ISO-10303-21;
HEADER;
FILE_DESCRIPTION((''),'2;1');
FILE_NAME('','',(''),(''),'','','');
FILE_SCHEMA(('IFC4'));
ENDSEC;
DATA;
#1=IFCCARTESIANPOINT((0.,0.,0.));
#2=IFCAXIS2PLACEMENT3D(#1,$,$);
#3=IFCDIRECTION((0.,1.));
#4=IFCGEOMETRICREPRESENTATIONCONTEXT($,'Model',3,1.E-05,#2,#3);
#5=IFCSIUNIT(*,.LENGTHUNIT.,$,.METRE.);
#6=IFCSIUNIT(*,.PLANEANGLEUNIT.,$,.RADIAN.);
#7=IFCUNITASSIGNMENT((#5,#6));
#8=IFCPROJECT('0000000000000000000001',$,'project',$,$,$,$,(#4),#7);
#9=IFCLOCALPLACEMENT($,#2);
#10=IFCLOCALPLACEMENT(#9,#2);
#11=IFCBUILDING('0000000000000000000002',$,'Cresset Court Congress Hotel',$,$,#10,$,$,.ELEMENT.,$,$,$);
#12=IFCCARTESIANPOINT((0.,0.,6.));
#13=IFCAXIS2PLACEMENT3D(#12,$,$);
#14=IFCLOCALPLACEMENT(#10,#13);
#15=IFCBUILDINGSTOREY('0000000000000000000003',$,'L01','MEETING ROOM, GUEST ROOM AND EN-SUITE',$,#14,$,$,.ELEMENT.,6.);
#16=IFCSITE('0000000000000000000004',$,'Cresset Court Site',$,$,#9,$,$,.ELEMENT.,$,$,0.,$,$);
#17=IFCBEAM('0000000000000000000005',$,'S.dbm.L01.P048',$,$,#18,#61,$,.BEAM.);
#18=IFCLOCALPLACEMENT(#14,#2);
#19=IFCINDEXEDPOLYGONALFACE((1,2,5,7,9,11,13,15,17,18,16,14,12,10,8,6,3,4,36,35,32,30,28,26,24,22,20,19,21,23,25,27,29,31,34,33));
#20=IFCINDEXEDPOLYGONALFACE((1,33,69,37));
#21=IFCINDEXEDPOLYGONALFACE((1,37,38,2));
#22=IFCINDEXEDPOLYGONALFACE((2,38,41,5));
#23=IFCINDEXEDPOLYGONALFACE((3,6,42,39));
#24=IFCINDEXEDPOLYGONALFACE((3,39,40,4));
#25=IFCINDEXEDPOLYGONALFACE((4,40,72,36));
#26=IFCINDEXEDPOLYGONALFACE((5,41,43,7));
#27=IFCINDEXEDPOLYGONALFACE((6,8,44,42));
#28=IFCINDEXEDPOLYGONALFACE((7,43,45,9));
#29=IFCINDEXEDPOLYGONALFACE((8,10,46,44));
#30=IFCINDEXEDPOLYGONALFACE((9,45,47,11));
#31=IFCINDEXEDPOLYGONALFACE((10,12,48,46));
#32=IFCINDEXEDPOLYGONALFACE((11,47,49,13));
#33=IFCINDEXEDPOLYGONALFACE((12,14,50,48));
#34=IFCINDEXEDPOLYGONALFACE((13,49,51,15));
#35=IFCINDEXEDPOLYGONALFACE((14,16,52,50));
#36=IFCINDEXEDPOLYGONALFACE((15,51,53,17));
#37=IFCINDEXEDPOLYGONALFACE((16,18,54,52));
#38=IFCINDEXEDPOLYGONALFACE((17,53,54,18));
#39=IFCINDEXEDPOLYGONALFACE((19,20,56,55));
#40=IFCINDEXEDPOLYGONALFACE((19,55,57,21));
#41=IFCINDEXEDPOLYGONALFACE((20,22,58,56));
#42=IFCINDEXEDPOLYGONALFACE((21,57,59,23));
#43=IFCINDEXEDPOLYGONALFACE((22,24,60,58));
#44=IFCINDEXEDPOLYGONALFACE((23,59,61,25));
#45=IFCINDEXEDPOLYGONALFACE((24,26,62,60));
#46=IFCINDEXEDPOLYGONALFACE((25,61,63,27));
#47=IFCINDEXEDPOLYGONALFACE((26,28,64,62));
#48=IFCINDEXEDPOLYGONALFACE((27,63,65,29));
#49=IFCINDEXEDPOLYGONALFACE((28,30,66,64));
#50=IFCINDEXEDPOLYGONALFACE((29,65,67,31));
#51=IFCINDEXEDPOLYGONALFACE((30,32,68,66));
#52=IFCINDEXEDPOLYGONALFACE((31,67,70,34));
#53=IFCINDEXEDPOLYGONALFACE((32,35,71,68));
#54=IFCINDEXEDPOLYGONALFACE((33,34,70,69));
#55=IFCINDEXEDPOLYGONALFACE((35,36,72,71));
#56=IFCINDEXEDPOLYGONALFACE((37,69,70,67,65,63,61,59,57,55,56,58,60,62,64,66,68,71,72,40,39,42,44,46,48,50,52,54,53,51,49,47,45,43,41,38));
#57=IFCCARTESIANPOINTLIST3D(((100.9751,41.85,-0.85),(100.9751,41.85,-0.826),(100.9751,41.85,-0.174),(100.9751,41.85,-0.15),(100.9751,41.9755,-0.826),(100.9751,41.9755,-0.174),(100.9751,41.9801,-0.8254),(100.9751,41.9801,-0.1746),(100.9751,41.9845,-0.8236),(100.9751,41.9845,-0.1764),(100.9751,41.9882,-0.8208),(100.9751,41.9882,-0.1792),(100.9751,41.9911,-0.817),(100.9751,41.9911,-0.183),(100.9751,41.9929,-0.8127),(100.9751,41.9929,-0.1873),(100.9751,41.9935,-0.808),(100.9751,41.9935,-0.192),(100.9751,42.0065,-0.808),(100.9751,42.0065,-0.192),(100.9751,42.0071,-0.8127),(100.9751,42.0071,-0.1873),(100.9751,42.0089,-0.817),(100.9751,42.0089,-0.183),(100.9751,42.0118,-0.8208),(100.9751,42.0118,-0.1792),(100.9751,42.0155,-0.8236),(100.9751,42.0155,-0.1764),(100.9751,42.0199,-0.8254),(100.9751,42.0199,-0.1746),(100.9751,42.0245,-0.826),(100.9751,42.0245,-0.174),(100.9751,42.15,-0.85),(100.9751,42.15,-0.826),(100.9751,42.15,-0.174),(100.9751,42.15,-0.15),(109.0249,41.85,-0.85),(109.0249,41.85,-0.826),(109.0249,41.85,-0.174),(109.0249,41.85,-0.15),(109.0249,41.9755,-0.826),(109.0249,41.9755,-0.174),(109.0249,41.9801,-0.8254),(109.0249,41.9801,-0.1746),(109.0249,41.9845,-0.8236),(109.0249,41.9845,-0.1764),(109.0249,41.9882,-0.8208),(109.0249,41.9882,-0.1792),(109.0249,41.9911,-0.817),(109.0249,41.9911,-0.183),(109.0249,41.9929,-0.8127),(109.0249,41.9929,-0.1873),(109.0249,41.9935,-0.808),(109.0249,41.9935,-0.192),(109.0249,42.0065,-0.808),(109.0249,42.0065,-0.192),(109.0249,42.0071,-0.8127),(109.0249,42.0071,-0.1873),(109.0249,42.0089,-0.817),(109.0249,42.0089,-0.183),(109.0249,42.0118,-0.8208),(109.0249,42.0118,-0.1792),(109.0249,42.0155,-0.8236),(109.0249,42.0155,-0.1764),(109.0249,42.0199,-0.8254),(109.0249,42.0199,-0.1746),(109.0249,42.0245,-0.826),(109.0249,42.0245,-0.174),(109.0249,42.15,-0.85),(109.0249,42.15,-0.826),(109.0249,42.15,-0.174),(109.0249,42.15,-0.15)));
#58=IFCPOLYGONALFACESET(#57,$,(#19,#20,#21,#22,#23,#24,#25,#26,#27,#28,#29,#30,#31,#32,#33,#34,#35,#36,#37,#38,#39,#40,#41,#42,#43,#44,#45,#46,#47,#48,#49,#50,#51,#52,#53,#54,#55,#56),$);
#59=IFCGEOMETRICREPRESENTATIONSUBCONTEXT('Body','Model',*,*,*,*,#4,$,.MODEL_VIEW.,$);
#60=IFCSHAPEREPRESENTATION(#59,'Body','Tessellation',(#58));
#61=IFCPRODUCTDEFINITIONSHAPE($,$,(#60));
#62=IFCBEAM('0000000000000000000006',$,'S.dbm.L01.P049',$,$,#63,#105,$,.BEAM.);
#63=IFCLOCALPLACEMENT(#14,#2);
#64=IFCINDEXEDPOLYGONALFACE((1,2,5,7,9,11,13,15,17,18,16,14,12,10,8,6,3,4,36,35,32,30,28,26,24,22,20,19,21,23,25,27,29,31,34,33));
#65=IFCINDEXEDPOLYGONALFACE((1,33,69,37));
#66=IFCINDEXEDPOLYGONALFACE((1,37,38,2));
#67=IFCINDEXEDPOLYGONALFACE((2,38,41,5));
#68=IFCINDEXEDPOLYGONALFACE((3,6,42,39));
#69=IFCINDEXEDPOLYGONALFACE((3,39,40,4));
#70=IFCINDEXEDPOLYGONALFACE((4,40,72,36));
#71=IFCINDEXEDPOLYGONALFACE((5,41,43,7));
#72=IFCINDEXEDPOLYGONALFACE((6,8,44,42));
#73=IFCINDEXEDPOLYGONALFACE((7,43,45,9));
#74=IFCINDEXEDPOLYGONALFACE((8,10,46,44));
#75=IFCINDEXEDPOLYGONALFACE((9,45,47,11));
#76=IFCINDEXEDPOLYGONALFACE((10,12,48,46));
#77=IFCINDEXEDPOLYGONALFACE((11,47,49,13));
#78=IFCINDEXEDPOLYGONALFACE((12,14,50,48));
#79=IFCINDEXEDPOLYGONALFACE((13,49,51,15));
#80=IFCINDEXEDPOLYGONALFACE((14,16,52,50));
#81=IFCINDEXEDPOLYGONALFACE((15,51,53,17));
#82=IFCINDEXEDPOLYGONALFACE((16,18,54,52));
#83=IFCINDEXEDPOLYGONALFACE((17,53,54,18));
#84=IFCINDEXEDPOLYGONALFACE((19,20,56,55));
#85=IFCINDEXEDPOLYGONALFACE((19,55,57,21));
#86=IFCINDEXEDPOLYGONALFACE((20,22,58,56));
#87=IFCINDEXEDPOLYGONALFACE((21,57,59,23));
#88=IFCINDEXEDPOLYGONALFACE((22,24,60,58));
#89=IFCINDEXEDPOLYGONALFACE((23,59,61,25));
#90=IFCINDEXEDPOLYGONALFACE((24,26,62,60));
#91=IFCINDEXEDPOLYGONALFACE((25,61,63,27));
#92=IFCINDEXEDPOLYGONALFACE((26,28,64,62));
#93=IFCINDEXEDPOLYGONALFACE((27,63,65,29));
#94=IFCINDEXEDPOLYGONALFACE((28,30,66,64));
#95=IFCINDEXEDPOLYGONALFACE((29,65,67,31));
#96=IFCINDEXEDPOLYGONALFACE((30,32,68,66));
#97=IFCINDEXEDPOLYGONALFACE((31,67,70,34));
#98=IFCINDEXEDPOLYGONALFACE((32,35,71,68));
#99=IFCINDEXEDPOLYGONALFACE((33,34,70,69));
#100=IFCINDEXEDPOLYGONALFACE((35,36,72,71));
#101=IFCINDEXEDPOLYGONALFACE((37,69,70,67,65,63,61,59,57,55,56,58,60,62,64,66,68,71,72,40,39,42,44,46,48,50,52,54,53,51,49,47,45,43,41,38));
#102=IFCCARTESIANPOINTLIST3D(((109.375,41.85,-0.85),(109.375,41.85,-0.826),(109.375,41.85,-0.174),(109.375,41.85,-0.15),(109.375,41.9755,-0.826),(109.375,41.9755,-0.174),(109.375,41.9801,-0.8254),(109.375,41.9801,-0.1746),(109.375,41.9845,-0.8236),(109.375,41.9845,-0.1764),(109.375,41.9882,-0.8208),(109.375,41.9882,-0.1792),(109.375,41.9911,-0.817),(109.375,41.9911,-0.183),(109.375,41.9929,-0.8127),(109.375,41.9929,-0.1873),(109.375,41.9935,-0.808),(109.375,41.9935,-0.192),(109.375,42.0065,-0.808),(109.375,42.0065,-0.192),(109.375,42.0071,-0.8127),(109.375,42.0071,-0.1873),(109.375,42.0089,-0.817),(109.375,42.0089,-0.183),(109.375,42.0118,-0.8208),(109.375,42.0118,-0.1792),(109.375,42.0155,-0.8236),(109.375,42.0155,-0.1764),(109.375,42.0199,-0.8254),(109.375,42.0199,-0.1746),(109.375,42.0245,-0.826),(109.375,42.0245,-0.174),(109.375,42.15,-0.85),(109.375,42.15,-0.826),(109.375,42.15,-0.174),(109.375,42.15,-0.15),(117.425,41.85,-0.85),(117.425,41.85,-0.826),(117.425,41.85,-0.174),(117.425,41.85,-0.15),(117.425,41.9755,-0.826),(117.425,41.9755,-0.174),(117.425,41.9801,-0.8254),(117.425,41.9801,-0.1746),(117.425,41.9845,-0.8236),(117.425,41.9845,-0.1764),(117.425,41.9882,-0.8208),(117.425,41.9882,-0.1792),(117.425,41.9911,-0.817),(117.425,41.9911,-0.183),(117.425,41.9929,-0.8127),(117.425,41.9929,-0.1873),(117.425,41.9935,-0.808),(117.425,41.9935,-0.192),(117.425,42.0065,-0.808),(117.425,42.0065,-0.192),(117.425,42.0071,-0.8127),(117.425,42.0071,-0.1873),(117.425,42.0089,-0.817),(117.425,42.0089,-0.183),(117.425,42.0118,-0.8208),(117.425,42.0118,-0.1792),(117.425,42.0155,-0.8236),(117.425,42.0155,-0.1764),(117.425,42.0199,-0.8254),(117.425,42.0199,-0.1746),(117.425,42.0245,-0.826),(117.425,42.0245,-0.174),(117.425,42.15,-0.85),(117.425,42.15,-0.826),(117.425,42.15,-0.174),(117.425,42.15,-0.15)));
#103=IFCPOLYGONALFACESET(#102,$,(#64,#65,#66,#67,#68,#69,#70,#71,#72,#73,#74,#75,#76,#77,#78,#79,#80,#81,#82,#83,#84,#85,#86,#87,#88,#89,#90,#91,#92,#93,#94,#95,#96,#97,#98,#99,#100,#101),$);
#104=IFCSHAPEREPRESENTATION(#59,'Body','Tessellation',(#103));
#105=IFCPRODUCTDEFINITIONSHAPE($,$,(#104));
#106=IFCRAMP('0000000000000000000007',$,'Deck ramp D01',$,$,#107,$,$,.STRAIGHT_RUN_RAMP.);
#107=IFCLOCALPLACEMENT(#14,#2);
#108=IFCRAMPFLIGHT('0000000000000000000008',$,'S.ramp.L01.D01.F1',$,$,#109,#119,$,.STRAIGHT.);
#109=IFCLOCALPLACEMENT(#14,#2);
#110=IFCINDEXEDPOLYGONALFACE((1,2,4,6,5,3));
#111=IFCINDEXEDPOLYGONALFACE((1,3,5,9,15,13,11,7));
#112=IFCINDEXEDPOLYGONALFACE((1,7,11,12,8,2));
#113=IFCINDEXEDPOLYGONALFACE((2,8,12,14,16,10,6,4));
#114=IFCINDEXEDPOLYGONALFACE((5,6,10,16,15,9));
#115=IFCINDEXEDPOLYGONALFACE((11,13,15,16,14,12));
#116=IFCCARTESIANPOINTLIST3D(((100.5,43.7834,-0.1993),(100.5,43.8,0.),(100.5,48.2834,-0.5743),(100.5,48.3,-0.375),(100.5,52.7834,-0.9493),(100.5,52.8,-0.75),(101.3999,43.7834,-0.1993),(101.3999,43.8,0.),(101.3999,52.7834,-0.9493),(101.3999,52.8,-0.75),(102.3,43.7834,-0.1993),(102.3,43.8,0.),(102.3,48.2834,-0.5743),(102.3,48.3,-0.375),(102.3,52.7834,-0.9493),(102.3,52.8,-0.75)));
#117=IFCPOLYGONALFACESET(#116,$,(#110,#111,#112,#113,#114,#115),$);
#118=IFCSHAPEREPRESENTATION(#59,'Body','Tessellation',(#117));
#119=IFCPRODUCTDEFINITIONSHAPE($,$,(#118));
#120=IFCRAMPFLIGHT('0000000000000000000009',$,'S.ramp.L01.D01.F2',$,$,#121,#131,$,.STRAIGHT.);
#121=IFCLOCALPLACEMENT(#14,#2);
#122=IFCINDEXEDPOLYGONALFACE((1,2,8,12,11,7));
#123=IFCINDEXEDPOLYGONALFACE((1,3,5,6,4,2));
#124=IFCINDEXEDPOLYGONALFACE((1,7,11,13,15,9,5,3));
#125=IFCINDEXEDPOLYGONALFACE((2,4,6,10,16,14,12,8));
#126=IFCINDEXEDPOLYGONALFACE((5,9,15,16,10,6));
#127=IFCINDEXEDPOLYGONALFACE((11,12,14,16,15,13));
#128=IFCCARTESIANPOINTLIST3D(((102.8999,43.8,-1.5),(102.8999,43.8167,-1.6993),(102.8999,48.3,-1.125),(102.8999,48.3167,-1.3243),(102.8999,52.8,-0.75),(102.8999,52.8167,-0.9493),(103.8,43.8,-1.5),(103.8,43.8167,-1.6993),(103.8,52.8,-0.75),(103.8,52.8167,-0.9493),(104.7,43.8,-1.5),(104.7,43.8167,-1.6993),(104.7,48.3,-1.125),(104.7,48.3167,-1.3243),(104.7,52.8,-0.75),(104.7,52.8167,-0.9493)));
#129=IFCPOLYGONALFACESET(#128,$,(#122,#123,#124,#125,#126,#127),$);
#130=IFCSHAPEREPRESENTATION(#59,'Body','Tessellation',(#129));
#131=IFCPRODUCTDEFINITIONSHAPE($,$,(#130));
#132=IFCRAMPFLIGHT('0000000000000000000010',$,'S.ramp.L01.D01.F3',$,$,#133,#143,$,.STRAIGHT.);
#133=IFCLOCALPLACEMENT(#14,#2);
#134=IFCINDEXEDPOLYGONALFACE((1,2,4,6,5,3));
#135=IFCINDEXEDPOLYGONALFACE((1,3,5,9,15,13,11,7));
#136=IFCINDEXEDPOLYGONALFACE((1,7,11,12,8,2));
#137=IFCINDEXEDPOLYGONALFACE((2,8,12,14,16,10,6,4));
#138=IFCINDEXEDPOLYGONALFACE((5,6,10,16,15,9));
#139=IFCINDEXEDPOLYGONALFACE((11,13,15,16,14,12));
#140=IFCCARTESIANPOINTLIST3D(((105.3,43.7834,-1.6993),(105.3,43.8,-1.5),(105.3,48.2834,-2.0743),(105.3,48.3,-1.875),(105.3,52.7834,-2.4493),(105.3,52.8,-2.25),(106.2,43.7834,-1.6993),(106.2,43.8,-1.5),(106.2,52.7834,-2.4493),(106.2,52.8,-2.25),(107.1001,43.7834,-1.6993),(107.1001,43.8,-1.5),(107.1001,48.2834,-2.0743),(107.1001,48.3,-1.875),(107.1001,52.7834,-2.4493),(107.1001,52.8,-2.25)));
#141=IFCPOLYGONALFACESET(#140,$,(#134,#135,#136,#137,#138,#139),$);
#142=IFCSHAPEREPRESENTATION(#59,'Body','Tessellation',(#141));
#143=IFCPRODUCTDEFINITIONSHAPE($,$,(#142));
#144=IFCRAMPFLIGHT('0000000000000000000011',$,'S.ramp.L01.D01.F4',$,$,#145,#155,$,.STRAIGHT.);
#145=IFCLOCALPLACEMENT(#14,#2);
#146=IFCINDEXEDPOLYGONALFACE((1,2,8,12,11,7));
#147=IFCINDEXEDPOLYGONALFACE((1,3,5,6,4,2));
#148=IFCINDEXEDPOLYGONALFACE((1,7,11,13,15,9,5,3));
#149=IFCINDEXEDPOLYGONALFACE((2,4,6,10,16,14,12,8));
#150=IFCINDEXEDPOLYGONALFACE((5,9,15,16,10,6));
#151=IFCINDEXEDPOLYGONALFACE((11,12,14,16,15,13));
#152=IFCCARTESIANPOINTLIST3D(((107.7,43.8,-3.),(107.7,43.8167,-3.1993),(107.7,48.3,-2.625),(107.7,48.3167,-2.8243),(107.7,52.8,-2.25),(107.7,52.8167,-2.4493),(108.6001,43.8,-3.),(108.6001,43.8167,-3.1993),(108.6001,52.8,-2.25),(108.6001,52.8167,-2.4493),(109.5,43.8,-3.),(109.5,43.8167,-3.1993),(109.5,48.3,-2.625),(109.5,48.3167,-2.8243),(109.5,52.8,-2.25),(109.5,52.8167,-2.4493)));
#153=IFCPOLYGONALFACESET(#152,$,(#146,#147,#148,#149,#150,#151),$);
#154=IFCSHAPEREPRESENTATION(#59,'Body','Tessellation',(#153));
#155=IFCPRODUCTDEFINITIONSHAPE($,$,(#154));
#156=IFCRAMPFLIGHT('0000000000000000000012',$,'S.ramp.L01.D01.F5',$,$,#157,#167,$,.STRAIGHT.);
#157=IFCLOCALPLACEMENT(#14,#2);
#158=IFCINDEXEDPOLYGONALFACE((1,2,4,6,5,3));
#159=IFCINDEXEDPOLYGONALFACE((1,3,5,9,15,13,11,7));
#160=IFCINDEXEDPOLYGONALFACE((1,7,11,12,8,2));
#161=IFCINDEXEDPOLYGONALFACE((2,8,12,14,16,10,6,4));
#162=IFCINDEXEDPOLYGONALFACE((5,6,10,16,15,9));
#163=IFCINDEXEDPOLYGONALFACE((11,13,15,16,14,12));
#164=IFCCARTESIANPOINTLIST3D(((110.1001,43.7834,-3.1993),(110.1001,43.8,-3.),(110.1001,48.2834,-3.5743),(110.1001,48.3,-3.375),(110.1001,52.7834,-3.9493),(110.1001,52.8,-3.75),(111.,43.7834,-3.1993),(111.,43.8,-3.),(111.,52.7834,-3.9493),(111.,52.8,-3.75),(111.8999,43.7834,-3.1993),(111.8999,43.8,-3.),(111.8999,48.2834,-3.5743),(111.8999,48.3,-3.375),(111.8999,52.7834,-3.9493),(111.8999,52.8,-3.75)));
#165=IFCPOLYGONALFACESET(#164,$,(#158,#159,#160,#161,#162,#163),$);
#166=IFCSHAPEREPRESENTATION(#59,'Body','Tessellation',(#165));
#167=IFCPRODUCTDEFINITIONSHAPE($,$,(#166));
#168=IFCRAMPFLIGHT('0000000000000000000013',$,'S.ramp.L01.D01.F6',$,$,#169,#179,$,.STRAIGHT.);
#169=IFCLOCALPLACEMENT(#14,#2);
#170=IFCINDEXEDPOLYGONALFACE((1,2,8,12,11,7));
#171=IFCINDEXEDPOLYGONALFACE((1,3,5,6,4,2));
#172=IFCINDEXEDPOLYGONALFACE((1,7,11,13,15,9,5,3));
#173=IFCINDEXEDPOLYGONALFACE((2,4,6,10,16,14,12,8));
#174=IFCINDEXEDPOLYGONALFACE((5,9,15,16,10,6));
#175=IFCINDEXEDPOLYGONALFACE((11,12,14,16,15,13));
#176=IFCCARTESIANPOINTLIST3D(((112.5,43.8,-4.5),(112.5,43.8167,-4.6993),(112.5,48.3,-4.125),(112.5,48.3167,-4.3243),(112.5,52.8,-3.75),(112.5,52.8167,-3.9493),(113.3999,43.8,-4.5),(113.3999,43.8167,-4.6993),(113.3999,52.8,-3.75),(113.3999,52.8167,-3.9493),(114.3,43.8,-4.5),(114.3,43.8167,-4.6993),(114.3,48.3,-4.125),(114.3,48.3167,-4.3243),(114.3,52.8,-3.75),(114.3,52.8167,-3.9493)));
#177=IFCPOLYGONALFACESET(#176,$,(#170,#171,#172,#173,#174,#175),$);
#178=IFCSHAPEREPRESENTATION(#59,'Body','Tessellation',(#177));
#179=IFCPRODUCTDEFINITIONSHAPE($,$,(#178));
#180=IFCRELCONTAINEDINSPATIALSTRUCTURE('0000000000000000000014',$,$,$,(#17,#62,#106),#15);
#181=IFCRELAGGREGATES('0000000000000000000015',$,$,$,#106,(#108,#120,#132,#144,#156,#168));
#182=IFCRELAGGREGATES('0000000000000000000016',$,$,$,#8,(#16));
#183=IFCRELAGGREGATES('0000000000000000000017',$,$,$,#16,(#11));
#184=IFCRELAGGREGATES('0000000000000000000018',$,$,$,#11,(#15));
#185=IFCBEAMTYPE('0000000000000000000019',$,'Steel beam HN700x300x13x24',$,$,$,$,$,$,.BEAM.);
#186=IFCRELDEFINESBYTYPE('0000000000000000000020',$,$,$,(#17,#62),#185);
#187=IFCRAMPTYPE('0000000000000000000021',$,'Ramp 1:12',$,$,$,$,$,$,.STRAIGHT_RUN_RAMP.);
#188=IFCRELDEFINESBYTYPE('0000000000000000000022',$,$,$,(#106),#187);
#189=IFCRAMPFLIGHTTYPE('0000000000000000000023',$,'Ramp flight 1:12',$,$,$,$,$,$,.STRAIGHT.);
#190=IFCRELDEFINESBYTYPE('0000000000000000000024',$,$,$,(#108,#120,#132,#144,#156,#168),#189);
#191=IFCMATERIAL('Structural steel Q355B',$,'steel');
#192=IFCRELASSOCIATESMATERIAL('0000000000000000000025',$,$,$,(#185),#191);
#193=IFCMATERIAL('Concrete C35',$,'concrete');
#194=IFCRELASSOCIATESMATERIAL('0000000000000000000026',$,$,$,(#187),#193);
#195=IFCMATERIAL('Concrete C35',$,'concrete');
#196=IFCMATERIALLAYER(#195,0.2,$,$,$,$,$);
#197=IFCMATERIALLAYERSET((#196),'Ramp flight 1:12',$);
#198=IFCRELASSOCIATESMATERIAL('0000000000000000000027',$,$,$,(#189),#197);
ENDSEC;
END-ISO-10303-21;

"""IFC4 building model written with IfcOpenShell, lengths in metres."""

from ifc_helpers import new_model, si_unit, direction, frame, origin, origin_2d, place, context, subcontext, project, spatial, polyline, i_section, outline, extrude, material, layer, layer_set, material_profile, profile_set, type_object, element, aggregate, save


model = new_model("IFC4")

# Units and contexts
model_context = context("Model", 3, precision=1e-05, world=origin(), true_north=direction((0.0, 1.0)))
body_context = subcontext(model_context, "Body", "Model", "MODEL_VIEW")
ifc_project = project(units=[si_unit("LENGTHUNIT", "METRE"), si_unit("PLANEANGLEUNIT", "RADIAN")], contexts=[model_context])

# Site, building, storey
site_placement = place(None, origin())
site = spatial("IfcSite", under=ifc_project, at=site_placement, Name="Cresset Court Site", CompositionType="ELEMENT", RefElevation=0.0)
building_placement = place(site_placement, origin())
building = spatial("IfcBuilding", under=site, at=building_placement, Name="Cresset Court Congress Hotel", CompositionType="ELEMENT")
storey_placement = place(building_placement, frame((0.0, 0.0, 6.0)))
storey = spatial("IfcBuildingStorey", under=building, at=storey_placement, Name="L01", Description="MEETING ROOM, GUEST ROOM AND EN-SUITE", CompositionType="ELEMENT", Elevation=6.0)

# Beams
ifc_material_1 = material(Name="Structural steel Q355B", Category="steel")
ifc_material_profile_1 = material_profile(ifc_material_1, i_section(OverallWidth=0.3, OverallDepth=0.7, WebThickness=0.0129, FlangeThickness=0.0239, FilletRadius=0.0181, at=origin_2d()), Name="HN700x300x13x24")
ifc_profile_set_1 = profile_set([ifc_material_profile_1], Name="Structural steel Q355B")
beam_type_1 = type_object("IfcBeamType", Name="Steel beam HN700x300x13x24", PredefinedType="BEAM", material=ifc_profile_set_1)
beam_1_placement = place(storey_placement, frame((100.9751, 42.0, -0.5), z_axis=(1.0, 0.0, 0.0), x_axis=(0.0, 1.0, 0.0)))
element("IfcBeam", 1, at=beam_1_placement, inside=storey, type_object=beam_type_1, Name="S.dbm.L01.P048", PredefinedType="BEAM", context=body_context, shape_type="SweptSolid", body=[
    extrude(i_section(OverallWidth=0.3, OverallDepth=0.7, WebThickness=0.0129, FlangeThickness=0.0239, FilletRadius=0.0181, at=origin_2d()), origin(), (0.0, 0.0, 1.0), 8.0498),
])
beam_2_placement = place(storey_placement, frame((109.375, 42.0, -0.5), z_axis=(1.0, 0.0, 0.0), x_axis=(0.0, 1.0, 0.0)))
element("IfcBeam", 2, at=beam_2_placement, inside=storey, type_object=beam_type_1, Name="S.dbm.L01.P049", PredefinedType="BEAM", context=body_context, shape_type="SweptSolid", body=[
    extrude(i_section(OverallWidth=0.3, OverallDepth=0.7, WebThickness=0.0129, FlangeThickness=0.0239, FilletRadius=0.0181, at=origin_2d()), origin(), (0.0, 0.0, 1.0), 8.05),
])

# Ramp, ramp flights
ifc_material_2 = material(Name="Concrete C35", Category="concrete")
ramp_type = type_object("IfcRampType", Name="Ramp 1:12", PredefinedType="STRAIGHT_RUN_RAMP", material=ifc_material_2)
ramp_placement = place(storey_placement, origin())
ramp = element("IfcRamp", 3, at=ramp_placement, inside=storey, type_object=ramp_type, Name="Deck ramp D01", PredefinedType="STRAIGHT_RUN_RAMP")
ifc_material_3 = material(Name="Concrete C35", Category="concrete")
ifc_layer = layer(ifc_material_3, 0.2)
ifc_layer_set = layer_set([ifc_layer], Name="Ramp flight 1:12")
ramp_flight_type = type_object("IfcRampFlightType", Name="Ramp flight 1:12", PredefinedType="STRAIGHT", material=ifc_layer_set)
ramp_flight_1_placement = place(storey_placement, frame((100.5, 43.8, 0.0), z_axis=(0.0, 0.083045, 0.996546), x_axis=(1.0, 0.0, 0.0)))
ramp_flight_1 = element("IfcRampFlight", 4, at=ramp_flight_1_placement, type_object=ramp_flight_type, Name="S.ramp.L01.D01.F1", PredefinedType="STRAIGHT", context=body_context, shape_type="SweptSolid", body=[
    extrude(outline(polyline([(0.0, 0.0), (0.8999, 0.0), (1.8, 0.0), (1.8, 4.5156), (1.8, 9.0312), (0.8999, 9.0312), (0.0, 9.0312), (0.0, 4.5156), (0.0, 0.0)])), origin(), (0.0, 0.0, -1.0), 0.2),
])
placement = place(building_placement, origin())
ramp_flight_2_placement = place(placement, frame((102.8999, 52.8, 5.25), z_axis=(0.0, -0.083045, 0.996546), x_axis=(1.0, 0.0, 0.0)))
ramp_flight_2 = element("IfcRampFlight", 5, at=ramp_flight_2_placement, type_object=ramp_flight_type, Name="S.ramp.L01.D01.F2", PredefinedType="STRAIGHT", context=body_context, shape_type="SweptSolid", body=[
    extrude(outline(polyline([(0.0, 0.0), (0.9001, 0.0), (1.8, 0.0), (1.8, -4.5156), (1.8, -9.0312), (0.9001, -9.0312), (0.0, -9.0312), (0.0, -4.5156), (0.0, 0.0)])), origin(), (0.0, 0.0, -1.0), 0.2),
])
ramp_flight_3_placement = place(placement, frame((105.3, 43.8, 4.5), z_axis=(0.0, 0.083045, 0.996546), x_axis=(1.0, 0.0, 0.0)))
ramp_flight_3 = element("IfcRampFlight", 6, at=ramp_flight_3_placement, type_object=ramp_flight_type, Name="S.ramp.L01.D01.F3", PredefinedType="STRAIGHT", context=body_context, shape_type="SweptSolid", body=[
    extrude(outline(polyline([(0.0, 0.0), (0.8999, 0.0), (1.8, 0.0), (1.8, 4.5156), (1.8, 9.0312), (0.8999, 9.0312), (0.0, 9.0312), (0.0, 4.5156), (0.0, 0.0)])), origin(), (0.0, 0.0, -1.0), 0.2),
])
ramp_flight_4_placement = place(placement, frame((107.7, 52.8, 3.75), z_axis=(0.0, -0.083045, 0.996546), x_axis=(1.0, 0.0, 0.0)))
ramp_flight_4 = element("IfcRampFlight", 7, at=ramp_flight_4_placement, type_object=ramp_flight_type, Name="S.ramp.L01.D01.F4", PredefinedType="STRAIGHT", context=body_context, shape_type="SweptSolid", body=[
    extrude(outline(polyline([(0.0, 0.0), (0.9001, 0.0), (1.8, 0.0), (1.8, -4.5156), (1.8, -9.0312), (0.9001, -9.0312), (0.0, -9.0312), (0.0, -4.5156), (0.0, 0.0)])), origin(), (0.0, 0.0, -1.0), 0.2),
])
ramp_flight_5_placement = place(placement, frame((110.1001, 43.8, 3.0), z_axis=(0.0, 0.083045, 0.996546), x_axis=(1.0, 0.0, 0.0)))
ramp_flight_5 = element("IfcRampFlight", 8, at=ramp_flight_5_placement, type_object=ramp_flight_type, Name="S.ramp.L01.D01.F5", PredefinedType="STRAIGHT", context=body_context, shape_type="SweptSolid", body=[
    extrude(outline(polyline([(0.0, 0.0), (0.8999, 0.0), (1.7998, 0.0), (1.7998, 4.5156), (1.7998, 9.0312), (0.8999, 9.0312), (0.0, 9.0312), (0.0, 4.5156), (0.0, 0.0)])), origin(), (0.0, 0.0, -1.0), 0.2),
])
ramp_flight_6_placement = place(placement, frame((112.5, 52.8, 2.25), z_axis=(0.0, -0.083045, 0.996546), x_axis=(1.0, 0.0, 0.0)))
ramp_flight_6 = element("IfcRampFlight", 9, at=ramp_flight_6_placement, type_object=ramp_flight_type, Name="S.ramp.L01.D01.F6", PredefinedType="STRAIGHT", context=body_context, shape_type="SweptSolid", body=[
    extrude(outline(polyline([(0.0, 0.0), (0.8999, 0.0), (1.8, 0.0), (1.8, -4.5156), (1.8, -9.0312), (0.8999, -9.0312), (0.0, -9.0312), (0.0, -4.5156), (0.0, 0.0)])), origin(), (0.0, 0.0, -1.0), 0.2),
])
aggregate(ramp, [ramp_flight_1, ramp_flight_2, ramp_flight_3, ramp_flight_4, ramp_flight_5, ramp_flight_6])

save(model, "model.ifc")
